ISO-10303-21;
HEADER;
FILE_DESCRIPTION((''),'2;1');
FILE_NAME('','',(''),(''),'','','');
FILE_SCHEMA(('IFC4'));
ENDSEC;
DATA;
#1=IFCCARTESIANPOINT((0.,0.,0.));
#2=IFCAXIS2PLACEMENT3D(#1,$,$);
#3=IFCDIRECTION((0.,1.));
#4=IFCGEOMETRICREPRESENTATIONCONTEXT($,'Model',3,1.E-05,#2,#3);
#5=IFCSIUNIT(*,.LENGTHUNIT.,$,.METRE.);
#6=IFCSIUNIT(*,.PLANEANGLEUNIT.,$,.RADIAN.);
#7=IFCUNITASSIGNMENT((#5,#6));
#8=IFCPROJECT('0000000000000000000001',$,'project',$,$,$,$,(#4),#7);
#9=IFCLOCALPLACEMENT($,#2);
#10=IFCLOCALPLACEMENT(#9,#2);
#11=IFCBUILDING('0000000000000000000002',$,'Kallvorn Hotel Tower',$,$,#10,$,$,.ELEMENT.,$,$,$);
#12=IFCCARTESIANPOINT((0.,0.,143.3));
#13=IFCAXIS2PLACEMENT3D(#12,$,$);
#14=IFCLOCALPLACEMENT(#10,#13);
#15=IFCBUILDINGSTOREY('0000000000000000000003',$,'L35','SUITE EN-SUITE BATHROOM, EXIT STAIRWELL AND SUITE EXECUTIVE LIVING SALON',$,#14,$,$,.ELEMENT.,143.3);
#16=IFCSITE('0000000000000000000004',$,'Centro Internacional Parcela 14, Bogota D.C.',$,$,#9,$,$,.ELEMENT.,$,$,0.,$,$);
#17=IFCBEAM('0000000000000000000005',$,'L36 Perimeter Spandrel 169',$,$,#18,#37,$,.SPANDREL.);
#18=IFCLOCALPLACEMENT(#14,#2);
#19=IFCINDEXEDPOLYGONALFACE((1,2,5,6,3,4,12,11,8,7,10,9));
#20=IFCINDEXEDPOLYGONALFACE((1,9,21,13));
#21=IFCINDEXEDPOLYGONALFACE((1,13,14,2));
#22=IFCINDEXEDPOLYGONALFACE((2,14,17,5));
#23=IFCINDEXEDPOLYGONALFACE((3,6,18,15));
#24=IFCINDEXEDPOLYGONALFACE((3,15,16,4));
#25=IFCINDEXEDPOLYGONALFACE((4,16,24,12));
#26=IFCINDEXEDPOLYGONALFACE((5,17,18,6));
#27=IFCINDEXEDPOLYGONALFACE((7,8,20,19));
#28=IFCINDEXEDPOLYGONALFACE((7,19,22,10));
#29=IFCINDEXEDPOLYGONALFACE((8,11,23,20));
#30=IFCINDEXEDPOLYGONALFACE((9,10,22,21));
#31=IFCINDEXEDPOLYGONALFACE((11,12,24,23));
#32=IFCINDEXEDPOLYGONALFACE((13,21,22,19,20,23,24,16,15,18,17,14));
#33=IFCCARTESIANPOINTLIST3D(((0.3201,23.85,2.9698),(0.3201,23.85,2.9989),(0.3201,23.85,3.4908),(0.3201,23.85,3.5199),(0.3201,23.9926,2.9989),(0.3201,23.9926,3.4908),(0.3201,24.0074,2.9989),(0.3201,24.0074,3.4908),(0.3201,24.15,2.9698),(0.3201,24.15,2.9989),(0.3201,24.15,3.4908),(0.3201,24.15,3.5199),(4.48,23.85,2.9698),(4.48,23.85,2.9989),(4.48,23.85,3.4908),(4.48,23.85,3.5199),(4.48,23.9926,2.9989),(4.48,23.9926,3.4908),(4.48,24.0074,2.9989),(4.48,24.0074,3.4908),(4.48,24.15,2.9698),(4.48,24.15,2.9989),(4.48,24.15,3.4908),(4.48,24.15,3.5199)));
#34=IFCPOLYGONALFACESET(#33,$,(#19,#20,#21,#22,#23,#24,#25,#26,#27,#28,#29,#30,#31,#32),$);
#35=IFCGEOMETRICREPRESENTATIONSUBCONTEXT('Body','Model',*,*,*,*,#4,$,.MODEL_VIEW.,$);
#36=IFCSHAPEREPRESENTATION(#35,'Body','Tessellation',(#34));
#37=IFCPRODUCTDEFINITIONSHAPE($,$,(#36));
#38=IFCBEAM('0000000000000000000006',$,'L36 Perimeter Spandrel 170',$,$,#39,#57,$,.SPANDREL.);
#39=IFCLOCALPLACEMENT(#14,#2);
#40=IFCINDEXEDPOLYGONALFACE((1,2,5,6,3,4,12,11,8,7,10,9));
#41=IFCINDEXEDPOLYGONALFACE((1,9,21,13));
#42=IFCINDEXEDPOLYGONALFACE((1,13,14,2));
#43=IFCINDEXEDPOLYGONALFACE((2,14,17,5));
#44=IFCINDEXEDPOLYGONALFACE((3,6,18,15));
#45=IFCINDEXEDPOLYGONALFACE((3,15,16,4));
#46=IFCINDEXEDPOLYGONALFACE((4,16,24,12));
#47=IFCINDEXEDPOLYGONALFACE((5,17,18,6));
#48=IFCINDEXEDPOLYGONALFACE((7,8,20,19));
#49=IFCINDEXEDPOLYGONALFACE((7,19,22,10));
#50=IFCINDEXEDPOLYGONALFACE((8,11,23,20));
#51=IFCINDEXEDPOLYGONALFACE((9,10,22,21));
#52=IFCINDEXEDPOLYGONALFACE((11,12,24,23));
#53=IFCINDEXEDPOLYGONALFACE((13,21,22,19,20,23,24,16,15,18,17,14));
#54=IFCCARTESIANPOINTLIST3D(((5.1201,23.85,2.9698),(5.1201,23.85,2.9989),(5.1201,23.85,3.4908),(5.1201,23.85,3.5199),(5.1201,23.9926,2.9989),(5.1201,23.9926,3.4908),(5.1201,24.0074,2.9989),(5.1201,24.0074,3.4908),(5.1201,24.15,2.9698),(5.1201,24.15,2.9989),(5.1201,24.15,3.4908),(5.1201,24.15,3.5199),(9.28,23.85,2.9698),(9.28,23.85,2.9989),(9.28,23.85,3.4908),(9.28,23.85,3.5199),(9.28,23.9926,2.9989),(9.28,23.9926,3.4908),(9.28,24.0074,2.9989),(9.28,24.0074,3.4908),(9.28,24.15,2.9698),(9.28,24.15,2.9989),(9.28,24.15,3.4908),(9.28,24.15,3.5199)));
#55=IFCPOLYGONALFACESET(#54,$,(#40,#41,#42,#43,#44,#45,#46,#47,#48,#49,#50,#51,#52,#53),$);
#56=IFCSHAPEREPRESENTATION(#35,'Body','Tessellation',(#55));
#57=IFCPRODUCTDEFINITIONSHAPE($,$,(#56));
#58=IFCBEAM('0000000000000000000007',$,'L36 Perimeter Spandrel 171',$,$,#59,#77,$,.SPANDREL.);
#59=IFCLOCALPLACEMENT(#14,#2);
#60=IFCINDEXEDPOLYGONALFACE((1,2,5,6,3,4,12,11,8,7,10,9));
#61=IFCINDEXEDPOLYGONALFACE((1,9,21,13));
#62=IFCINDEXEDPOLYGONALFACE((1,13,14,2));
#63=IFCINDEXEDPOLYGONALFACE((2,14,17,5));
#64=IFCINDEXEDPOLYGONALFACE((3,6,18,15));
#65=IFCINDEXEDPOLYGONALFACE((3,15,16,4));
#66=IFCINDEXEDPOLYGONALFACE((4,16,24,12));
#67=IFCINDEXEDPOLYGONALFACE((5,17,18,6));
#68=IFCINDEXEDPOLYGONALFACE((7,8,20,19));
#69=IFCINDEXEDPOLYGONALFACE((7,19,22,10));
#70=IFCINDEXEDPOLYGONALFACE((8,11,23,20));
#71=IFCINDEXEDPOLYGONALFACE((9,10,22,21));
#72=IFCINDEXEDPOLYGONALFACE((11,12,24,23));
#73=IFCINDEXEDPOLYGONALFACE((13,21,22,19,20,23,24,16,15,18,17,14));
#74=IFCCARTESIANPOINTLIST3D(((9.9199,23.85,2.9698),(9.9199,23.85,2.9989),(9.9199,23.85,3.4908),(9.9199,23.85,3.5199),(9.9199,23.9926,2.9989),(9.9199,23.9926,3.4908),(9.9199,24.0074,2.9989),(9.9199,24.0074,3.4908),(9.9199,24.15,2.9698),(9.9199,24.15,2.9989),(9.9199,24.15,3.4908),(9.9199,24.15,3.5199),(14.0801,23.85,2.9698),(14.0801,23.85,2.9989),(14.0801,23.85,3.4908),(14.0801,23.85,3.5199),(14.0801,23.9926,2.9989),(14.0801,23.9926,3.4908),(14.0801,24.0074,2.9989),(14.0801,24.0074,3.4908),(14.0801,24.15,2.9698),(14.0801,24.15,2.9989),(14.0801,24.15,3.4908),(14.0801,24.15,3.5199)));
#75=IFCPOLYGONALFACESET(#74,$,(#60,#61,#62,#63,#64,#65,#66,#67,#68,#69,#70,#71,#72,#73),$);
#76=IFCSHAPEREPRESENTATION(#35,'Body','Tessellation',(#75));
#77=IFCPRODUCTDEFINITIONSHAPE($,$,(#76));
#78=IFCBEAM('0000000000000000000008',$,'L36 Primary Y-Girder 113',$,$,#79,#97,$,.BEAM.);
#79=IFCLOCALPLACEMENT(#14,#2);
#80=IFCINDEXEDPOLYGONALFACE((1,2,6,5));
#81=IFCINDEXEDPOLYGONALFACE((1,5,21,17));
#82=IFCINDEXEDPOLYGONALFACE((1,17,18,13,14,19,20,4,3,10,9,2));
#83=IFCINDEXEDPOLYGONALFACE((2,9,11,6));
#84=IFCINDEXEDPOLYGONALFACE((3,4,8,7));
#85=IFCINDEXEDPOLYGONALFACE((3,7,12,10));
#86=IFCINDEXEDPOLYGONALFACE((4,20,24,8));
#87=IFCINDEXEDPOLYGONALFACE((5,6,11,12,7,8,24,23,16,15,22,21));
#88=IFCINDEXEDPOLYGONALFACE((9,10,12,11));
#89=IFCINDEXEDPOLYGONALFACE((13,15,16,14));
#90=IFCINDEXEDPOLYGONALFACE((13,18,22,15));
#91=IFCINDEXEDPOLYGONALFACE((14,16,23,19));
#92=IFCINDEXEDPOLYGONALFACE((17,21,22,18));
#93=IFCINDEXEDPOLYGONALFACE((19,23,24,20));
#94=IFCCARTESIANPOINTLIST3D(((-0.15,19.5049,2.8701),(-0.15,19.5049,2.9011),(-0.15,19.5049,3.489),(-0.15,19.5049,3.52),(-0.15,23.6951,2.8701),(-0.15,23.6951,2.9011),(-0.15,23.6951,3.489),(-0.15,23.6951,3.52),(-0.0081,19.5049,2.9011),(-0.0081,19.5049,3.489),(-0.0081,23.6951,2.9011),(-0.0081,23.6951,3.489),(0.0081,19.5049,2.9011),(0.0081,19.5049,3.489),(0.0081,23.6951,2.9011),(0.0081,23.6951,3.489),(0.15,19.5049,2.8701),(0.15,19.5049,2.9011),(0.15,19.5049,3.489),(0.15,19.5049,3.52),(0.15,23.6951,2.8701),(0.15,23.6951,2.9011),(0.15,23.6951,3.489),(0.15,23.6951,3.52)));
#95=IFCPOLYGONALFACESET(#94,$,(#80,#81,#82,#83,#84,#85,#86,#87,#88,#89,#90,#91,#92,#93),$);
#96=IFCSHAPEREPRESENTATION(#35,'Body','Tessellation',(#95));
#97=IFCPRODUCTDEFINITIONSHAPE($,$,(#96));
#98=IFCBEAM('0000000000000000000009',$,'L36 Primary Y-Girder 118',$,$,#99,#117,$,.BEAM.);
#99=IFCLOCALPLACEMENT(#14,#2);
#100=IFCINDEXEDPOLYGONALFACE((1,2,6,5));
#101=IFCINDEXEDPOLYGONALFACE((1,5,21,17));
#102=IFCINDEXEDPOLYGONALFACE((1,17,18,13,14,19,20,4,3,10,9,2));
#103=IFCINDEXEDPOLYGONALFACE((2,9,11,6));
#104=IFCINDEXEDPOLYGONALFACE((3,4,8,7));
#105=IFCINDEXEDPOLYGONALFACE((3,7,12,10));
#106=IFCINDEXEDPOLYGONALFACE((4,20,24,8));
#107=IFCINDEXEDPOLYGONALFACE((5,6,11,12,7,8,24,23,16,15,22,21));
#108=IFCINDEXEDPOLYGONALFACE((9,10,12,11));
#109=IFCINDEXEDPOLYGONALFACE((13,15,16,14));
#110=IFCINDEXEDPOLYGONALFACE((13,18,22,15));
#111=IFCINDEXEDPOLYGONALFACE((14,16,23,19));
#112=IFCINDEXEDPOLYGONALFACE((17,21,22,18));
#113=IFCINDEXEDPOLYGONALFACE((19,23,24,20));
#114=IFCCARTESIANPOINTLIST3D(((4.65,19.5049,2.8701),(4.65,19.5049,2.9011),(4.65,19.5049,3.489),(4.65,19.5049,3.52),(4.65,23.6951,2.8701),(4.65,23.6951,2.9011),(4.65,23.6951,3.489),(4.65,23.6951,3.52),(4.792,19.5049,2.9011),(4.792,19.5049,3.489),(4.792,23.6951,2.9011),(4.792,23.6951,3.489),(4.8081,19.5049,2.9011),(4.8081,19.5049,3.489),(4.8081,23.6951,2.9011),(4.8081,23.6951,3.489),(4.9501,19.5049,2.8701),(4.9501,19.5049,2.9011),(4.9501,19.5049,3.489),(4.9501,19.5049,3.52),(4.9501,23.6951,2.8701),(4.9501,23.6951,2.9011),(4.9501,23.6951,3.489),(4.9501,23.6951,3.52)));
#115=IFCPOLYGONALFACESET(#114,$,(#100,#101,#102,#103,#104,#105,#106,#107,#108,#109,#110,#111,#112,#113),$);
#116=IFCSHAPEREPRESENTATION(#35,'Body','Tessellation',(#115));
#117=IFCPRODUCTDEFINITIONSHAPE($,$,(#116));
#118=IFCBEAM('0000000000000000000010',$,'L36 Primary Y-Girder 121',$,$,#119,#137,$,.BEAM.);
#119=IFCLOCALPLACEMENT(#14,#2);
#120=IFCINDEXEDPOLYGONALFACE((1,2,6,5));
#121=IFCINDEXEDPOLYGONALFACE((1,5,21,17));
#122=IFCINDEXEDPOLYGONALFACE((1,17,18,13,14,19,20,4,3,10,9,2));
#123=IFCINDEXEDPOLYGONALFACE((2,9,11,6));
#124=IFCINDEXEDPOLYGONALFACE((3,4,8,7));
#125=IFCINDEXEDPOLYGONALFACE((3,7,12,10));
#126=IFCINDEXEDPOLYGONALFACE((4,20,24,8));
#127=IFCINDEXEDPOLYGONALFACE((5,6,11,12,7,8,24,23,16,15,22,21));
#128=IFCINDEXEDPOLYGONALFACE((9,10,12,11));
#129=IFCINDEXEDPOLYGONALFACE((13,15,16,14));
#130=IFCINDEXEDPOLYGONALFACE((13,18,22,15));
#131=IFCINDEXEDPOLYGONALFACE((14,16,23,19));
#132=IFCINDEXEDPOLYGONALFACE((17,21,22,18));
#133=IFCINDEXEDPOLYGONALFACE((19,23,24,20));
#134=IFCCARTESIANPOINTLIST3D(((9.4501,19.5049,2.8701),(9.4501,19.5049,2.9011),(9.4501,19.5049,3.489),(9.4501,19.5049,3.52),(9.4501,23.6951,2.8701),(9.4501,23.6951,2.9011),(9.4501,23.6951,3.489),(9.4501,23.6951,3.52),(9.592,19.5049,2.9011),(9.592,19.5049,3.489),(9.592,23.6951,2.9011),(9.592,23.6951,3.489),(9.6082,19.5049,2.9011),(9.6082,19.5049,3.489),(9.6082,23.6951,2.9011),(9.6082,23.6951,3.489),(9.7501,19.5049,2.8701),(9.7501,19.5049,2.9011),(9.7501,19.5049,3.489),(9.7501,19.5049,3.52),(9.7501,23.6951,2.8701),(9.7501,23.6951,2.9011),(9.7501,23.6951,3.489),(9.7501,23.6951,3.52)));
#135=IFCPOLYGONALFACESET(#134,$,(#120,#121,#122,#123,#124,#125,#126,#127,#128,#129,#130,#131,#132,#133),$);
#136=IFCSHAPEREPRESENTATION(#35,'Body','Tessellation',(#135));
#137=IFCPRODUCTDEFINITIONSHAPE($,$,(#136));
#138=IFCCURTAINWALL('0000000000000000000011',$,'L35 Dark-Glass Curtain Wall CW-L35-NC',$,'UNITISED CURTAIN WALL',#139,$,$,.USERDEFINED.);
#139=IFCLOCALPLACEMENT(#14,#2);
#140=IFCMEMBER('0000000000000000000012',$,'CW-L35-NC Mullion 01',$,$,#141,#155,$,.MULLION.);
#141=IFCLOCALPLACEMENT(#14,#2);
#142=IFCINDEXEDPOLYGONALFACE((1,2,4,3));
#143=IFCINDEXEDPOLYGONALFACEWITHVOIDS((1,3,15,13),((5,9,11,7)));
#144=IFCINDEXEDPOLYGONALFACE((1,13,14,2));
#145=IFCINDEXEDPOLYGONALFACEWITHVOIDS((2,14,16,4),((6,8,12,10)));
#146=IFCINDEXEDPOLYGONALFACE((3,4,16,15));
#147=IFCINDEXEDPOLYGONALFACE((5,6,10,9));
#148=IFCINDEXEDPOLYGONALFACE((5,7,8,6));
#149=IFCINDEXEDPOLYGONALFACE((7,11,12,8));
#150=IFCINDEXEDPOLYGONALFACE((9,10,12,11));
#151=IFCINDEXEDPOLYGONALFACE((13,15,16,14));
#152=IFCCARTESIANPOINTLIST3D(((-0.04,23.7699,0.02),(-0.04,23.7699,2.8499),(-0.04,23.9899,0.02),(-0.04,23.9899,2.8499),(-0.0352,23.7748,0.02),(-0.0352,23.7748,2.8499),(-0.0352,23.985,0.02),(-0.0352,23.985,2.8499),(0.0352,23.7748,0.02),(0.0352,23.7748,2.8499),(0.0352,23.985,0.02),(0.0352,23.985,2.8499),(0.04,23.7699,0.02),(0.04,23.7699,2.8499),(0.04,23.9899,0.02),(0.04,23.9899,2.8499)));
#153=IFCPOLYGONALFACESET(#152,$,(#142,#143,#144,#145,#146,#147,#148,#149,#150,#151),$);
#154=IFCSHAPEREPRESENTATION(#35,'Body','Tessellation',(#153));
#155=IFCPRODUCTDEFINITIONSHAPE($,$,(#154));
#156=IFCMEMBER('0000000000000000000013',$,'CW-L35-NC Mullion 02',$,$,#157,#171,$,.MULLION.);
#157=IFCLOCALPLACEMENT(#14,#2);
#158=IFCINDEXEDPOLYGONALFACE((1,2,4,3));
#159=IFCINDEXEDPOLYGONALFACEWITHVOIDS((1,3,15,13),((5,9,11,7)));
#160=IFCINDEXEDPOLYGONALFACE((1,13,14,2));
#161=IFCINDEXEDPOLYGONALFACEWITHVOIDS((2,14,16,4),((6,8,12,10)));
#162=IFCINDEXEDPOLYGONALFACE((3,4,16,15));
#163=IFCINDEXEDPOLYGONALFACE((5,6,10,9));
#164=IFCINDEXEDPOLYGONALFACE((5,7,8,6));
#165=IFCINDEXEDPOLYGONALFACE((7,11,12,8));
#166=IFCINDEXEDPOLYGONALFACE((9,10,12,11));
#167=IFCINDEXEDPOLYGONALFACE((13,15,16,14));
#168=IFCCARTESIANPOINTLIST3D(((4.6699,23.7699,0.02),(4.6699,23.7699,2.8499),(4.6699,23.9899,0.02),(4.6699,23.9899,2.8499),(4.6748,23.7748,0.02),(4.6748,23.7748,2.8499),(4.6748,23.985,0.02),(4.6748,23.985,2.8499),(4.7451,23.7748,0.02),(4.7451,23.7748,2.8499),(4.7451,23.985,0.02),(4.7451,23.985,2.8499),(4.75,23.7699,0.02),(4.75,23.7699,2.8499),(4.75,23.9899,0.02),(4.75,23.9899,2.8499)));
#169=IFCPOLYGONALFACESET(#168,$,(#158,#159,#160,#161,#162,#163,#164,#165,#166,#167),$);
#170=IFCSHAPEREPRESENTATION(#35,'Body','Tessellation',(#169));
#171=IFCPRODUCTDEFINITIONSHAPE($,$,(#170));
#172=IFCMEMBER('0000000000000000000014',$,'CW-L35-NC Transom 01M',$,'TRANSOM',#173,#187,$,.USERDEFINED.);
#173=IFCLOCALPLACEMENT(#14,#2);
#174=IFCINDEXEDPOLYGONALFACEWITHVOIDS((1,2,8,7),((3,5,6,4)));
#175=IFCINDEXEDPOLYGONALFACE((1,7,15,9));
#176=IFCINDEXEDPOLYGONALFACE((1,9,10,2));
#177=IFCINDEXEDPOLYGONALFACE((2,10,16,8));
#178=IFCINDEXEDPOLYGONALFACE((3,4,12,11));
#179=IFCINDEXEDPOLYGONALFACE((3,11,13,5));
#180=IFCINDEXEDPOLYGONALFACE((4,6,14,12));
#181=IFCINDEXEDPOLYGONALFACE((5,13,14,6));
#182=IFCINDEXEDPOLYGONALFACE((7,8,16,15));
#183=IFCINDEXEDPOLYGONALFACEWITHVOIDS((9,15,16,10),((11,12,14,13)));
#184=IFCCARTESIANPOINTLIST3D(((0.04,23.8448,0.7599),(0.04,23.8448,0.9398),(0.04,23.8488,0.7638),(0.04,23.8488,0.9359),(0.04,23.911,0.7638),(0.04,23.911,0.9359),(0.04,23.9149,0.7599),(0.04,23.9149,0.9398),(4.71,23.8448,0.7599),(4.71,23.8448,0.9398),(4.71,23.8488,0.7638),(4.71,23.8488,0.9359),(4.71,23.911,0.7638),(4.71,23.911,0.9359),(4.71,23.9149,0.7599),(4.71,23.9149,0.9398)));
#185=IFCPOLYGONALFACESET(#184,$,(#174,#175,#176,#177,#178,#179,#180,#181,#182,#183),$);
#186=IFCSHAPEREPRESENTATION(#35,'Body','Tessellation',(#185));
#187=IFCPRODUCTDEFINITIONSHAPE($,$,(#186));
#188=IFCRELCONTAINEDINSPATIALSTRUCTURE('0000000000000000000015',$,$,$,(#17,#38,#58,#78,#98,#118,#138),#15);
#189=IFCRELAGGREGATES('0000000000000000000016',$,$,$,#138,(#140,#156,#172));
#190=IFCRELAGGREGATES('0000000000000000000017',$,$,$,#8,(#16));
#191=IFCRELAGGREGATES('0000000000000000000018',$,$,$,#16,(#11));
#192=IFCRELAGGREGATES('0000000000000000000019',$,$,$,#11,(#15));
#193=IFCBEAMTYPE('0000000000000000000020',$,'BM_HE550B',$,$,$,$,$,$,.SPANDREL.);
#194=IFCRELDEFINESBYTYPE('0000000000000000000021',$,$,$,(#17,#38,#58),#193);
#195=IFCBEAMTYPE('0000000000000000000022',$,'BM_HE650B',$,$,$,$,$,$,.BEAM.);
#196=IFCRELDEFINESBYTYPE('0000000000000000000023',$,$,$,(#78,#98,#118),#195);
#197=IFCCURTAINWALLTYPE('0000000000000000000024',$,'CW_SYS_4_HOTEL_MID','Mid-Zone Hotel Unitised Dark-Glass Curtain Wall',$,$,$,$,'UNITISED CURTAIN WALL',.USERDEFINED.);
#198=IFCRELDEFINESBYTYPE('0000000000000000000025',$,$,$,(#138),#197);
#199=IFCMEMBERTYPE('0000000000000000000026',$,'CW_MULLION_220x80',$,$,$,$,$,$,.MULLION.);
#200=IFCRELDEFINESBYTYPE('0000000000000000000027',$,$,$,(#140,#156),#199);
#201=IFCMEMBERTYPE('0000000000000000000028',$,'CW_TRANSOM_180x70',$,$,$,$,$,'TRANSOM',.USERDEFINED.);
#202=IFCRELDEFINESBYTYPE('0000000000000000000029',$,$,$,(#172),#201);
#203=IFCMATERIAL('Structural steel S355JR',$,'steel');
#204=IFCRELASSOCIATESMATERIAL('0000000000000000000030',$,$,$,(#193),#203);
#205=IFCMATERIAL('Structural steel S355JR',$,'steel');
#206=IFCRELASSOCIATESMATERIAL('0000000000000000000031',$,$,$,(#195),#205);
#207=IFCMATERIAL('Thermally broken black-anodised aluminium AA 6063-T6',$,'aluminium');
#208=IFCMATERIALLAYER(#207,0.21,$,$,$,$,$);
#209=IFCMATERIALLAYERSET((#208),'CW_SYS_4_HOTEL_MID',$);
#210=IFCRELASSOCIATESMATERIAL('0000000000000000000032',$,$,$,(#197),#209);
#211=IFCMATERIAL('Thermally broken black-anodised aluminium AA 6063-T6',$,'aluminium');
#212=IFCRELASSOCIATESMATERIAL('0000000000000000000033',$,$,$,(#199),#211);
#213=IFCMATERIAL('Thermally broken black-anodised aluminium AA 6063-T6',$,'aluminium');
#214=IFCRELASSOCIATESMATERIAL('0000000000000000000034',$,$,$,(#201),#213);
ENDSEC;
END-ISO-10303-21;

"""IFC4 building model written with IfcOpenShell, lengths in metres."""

from ifc_helpers import new_model, si_unit, direction, frame, origin, origin_2d, place, context, subcontext, project, spatial, hollow_rectangle, i_section, extrude, material, layer, layer_set, material_profile, profile_set, type_object, element, aggregate, save


model = new_model("IFC4")

# Units and contexts
model_context = context("Model", 3, precision=1e-05, world=origin(), true_north=direction((0.0, 1.0)))
body_context = subcontext(model_context, "Body", "Model", "MODEL_VIEW")
ifc_project = project(units=[si_unit("LENGTHUNIT", "METRE"), si_unit("PLANEANGLEUNIT", "RADIAN")], contexts=[model_context])

# Site, building, storey
site_placement = place(None, origin())
site = spatial("IfcSite", under=ifc_project, at=site_placement, Name="Centro Internacional Parcela 14, Bogota D.C.", CompositionType="ELEMENT", RefElevation=0.0)
building_placement = place(site_placement, origin())
building = spatial("IfcBuilding", under=site, at=building_placement, Name="Kallvorn Hotel Tower", CompositionType="ELEMENT")
storey_placement = place(building_placement, frame((0.0, 0.0, 143.3)))
storey = spatial("IfcBuildingStorey", under=building, at=storey_placement, Name="L35", Description="SUITE EN-SUITE BATHROOM, EXIT STAIRWELL AND SUITE EXECUTIVE LIVING SALON", CompositionType="ELEMENT", Elevation=143.3)

# Beams
ifc_material_1 = material(Name="Structural steel S355JR", Category="steel")
ifc_material_profile_1 = material_profile(ifc_material_1, i_section(OverallWidth=0.3, OverallDepth=0.55, WebThickness=0.0149, FlangeThickness=0.0291, at=origin_2d()), Name="HE 550 B")
ifc_profile_set_1 = profile_set([ifc_material_profile_1], Name="Structural steel S355JR")
beam_type_1 = type_object("IfcBeamType", Name="BM_HE550B", PredefinedType="SPANDREL", material=ifc_profile_set_1)
for number, where, z_axis, x_axis, name in (
    (1, (0.3201, 24.0, 3.2449), (1.0, 0.0, 0.0), (0.0, 1.0, 0.0), "L36 Perimeter Spandrel 169"),
    (2, (5.1201, 24.0, 3.2449), (1.0, 0.0, 0.0), (0.0, 1.0, 0.0), "L36 Perimeter Spandrel 170"),
):
    element("IfcBeam", number, at=place(storey_placement, frame(where, z_axis=z_axis, x_axis=x_axis)), inside=storey, type_object=beam_type_1, Name=name, PredefinedType="SPANDREL", context=body_context, shape_type="SweptSolid", body=[
        extrude(i_section(OverallWidth=0.3, OverallDepth=0.55, WebThickness=0.0149, FlangeThickness=0.0291, at=origin_2d()), origin(), (0.0, 0.0, 1.0), 4.1599),
    ])
beam_placement = place(storey_placement, frame((9.9199, 24.0, 3.2449), z_axis=(1.0, 0.0, 0.0), x_axis=(0.0, 1.0, 0.0)))
element("IfcBeam", 3, at=beam_placement, inside=storey, type_object=beam_type_1, Name="L36 Perimeter Spandrel 171", PredefinedType="SPANDREL", context=body_context, shape_type="SweptSolid", body=[
    extrude(i_section(OverallWidth=0.3, OverallDepth=0.55, WebThickness=0.0149, FlangeThickness=0.0291, at=origin_2d()), origin(), (0.0, 0.0, 1.0), 4.1602),
])
ifc_material_2 = material(Name="Structural steel S355JR", Category="steel")
ifc_material_profile_2 = material_profile(ifc_material_2, i_section(OverallWidth=0.3, OverallDepth=0.6499, WebThickness=0.0161, FlangeThickness=0.031, at=origin_2d()), Name="HE 650 B")
ifc_profile_set_2 = profile_set([ifc_material_profile_2], Name="Structural steel S355JR")
beam_type_2 = type_object("IfcBeamType", Name="BM_HE650B", PredefinedType="BEAM", material=ifc_profile_set_2)
for number, where, z_axis, x_axis, name in (
    (4, (0.0, 19.5049, 3.1951), (0.0, 1.0, 0.0), (-1.0, 0.0, 0.0), "L36 Primary Y-Girder 113"),
    (5, (4.8, 19.5049, 3.1951), (0.0, 1.0, 0.0), (-1.0, 0.0, 0.0), "L36 Primary Y-Girder 118"),
    (6, (9.6001, 19.5049, 3.1951), (0.0, 1.0, 0.0), (-1.0, 0.0, 0.0), "L36 Primary Y-Girder 121"),
):
    element("IfcBeam", number, at=place(storey_placement, frame(where, z_axis=z_axis, x_axis=x_axis)), inside=storey, type_object=beam_type_2, Name=name, PredefinedType="BEAM", context=body_context, shape_type="SweptSolid", body=[
        extrude(i_section(OverallWidth=0.3, OverallDepth=0.6499, WebThickness=0.0161, FlangeThickness=0.031, at=origin_2d()), origin(), (0.0, 0.0, 1.0), 4.1902),
    ])

# Curtain wall, members
ifc_material_3 = material(Name="Thermally broken black-anodised aluminium AA 6063-T6", Category="aluminium")
ifc_layer_1 = layer(ifc_material_3, 0.21)
ifc_layer_set_1 = layer_set([ifc_layer_1], Name="CW_SYS_4_HOTEL_MID")
curtain_wall_type = type_object("IfcCurtainWallType", Name="CW_SYS_4_HOTEL_MID", Description="Mid-Zone Hotel Unitised Dark-Glass Curtain Wall", ElementType="UNITISED CURTAIN WALL", PredefinedType="USERDEFINED", material=ifc_layer_set_1)
curtain_wall_placement = place(storey_placement, origin())
curtain_wall = element("IfcCurtainWall", 7, at=curtain_wall_placement, inside=storey, type_object=curtain_wall_type, Name="L35 Dark-Glass Curtain Wall CW-L35-NC", ObjectType="UNITISED CURTAIN WALL", PredefinedType="USERDEFINED")
ifc_material_4 = material(Name="Thermally broken black-anodised aluminium AA 6063-T6", Category="aluminium")
ifc_material_profile_3 = material_profile(ifc_material_4, hollow_rectangle(XDim=0.0801, YDim=0.22, WallThickness=0.0049, at=origin_2d()), Name="MUL 220x80")
ifc_profile_set_3 = profile_set([ifc_material_profile_3], Name="Thermally broken black-anodised aluminium AA 6063-T6")
member_type_1 = type_object("IfcMemberType", Name="CW_MULLION_220x80", PredefinedType="MULLION", material=ifc_profile_set_3)
member_1_placement = place(storey_placement, frame((0.0, 23.8799, 0.02), z_axis=(0.0, 0.0, 1.0), x_axis=(1.0, 0.0, 0.0)))
member_1 = element("IfcMember", 8, at=member_1_placement, type_object=member_type_1, Name="CW-L35-NC Mullion 01", PredefinedType="MULLION", context=body_context, shape_type="SweptSolid", body=[
    extrude(hollow_rectangle(XDim=0.0801, YDim=0.22, WallThickness=0.0049, at=origin_2d()), origin(), (0.0, 0.0, 1.0), 2.8298),
])
member_2_placement = place(storey_placement, frame((4.71, 23.8799, 0.02), z_axis=(0.0, 0.0, 1.0), x_axis=(1.0, 0.0, 0.0)))
member_2 = element("IfcMember", 9, at=member_2_placement, type_object=member_type_1, Name="CW-L35-NC Mullion 02", PredefinedType="MULLION", context=body_context, shape_type="SweptSolid", body=[
    extrude(hollow_rectangle(XDim=0.0801, YDim=0.22, WallThickness=0.0049, at=origin_2d()), origin(), (0.0, 0.0, 1.0), 2.8298),
])
ifc_material_5 = material(Name="Thermally broken black-anodised aluminium AA 6063-T6", Category="aluminium")
ifc_material_profile_4 = material_profile(ifc_material_5, hollow_rectangle(XDim=0.0701, YDim=0.1799, WallThickness=0.0039, at=origin_2d()), Name="TRN 180x70")
ifc_profile_set_4 = profile_set([ifc_material_profile_4], Name="Thermally broken black-anodised aluminium AA 6063-T6")
member_type_2 = type_object("IfcMemberType", Name="CW_TRANSOM_180x70", ElementType="TRANSOM", PredefinedType="USERDEFINED", material=ifc_profile_set_4)
member_3_placement = place(storey_placement, frame((0.04, 23.8799, 0.8499), z_axis=(1.0, 0.0, 0.0), x_axis=(0.0, 1.0, 0.0)))
member_3 = element("IfcMember", 10, at=member_3_placement, type_object=member_type_2, Name="CW-L35-NC Transom 01M", ObjectType="TRANSOM", PredefinedType="USERDEFINED", context=body_context, shape_type="SweptSolid", body=[
    extrude(hollow_rectangle(XDim=0.0701, YDim=0.1799, WallThickness=0.0039, at=origin_2d()), origin(), (0.0, 0.0, 1.0), 4.6699),
])
aggregate(curtain_wall, [member_1, member_2, member_3])

save(model, "model.ifc")
